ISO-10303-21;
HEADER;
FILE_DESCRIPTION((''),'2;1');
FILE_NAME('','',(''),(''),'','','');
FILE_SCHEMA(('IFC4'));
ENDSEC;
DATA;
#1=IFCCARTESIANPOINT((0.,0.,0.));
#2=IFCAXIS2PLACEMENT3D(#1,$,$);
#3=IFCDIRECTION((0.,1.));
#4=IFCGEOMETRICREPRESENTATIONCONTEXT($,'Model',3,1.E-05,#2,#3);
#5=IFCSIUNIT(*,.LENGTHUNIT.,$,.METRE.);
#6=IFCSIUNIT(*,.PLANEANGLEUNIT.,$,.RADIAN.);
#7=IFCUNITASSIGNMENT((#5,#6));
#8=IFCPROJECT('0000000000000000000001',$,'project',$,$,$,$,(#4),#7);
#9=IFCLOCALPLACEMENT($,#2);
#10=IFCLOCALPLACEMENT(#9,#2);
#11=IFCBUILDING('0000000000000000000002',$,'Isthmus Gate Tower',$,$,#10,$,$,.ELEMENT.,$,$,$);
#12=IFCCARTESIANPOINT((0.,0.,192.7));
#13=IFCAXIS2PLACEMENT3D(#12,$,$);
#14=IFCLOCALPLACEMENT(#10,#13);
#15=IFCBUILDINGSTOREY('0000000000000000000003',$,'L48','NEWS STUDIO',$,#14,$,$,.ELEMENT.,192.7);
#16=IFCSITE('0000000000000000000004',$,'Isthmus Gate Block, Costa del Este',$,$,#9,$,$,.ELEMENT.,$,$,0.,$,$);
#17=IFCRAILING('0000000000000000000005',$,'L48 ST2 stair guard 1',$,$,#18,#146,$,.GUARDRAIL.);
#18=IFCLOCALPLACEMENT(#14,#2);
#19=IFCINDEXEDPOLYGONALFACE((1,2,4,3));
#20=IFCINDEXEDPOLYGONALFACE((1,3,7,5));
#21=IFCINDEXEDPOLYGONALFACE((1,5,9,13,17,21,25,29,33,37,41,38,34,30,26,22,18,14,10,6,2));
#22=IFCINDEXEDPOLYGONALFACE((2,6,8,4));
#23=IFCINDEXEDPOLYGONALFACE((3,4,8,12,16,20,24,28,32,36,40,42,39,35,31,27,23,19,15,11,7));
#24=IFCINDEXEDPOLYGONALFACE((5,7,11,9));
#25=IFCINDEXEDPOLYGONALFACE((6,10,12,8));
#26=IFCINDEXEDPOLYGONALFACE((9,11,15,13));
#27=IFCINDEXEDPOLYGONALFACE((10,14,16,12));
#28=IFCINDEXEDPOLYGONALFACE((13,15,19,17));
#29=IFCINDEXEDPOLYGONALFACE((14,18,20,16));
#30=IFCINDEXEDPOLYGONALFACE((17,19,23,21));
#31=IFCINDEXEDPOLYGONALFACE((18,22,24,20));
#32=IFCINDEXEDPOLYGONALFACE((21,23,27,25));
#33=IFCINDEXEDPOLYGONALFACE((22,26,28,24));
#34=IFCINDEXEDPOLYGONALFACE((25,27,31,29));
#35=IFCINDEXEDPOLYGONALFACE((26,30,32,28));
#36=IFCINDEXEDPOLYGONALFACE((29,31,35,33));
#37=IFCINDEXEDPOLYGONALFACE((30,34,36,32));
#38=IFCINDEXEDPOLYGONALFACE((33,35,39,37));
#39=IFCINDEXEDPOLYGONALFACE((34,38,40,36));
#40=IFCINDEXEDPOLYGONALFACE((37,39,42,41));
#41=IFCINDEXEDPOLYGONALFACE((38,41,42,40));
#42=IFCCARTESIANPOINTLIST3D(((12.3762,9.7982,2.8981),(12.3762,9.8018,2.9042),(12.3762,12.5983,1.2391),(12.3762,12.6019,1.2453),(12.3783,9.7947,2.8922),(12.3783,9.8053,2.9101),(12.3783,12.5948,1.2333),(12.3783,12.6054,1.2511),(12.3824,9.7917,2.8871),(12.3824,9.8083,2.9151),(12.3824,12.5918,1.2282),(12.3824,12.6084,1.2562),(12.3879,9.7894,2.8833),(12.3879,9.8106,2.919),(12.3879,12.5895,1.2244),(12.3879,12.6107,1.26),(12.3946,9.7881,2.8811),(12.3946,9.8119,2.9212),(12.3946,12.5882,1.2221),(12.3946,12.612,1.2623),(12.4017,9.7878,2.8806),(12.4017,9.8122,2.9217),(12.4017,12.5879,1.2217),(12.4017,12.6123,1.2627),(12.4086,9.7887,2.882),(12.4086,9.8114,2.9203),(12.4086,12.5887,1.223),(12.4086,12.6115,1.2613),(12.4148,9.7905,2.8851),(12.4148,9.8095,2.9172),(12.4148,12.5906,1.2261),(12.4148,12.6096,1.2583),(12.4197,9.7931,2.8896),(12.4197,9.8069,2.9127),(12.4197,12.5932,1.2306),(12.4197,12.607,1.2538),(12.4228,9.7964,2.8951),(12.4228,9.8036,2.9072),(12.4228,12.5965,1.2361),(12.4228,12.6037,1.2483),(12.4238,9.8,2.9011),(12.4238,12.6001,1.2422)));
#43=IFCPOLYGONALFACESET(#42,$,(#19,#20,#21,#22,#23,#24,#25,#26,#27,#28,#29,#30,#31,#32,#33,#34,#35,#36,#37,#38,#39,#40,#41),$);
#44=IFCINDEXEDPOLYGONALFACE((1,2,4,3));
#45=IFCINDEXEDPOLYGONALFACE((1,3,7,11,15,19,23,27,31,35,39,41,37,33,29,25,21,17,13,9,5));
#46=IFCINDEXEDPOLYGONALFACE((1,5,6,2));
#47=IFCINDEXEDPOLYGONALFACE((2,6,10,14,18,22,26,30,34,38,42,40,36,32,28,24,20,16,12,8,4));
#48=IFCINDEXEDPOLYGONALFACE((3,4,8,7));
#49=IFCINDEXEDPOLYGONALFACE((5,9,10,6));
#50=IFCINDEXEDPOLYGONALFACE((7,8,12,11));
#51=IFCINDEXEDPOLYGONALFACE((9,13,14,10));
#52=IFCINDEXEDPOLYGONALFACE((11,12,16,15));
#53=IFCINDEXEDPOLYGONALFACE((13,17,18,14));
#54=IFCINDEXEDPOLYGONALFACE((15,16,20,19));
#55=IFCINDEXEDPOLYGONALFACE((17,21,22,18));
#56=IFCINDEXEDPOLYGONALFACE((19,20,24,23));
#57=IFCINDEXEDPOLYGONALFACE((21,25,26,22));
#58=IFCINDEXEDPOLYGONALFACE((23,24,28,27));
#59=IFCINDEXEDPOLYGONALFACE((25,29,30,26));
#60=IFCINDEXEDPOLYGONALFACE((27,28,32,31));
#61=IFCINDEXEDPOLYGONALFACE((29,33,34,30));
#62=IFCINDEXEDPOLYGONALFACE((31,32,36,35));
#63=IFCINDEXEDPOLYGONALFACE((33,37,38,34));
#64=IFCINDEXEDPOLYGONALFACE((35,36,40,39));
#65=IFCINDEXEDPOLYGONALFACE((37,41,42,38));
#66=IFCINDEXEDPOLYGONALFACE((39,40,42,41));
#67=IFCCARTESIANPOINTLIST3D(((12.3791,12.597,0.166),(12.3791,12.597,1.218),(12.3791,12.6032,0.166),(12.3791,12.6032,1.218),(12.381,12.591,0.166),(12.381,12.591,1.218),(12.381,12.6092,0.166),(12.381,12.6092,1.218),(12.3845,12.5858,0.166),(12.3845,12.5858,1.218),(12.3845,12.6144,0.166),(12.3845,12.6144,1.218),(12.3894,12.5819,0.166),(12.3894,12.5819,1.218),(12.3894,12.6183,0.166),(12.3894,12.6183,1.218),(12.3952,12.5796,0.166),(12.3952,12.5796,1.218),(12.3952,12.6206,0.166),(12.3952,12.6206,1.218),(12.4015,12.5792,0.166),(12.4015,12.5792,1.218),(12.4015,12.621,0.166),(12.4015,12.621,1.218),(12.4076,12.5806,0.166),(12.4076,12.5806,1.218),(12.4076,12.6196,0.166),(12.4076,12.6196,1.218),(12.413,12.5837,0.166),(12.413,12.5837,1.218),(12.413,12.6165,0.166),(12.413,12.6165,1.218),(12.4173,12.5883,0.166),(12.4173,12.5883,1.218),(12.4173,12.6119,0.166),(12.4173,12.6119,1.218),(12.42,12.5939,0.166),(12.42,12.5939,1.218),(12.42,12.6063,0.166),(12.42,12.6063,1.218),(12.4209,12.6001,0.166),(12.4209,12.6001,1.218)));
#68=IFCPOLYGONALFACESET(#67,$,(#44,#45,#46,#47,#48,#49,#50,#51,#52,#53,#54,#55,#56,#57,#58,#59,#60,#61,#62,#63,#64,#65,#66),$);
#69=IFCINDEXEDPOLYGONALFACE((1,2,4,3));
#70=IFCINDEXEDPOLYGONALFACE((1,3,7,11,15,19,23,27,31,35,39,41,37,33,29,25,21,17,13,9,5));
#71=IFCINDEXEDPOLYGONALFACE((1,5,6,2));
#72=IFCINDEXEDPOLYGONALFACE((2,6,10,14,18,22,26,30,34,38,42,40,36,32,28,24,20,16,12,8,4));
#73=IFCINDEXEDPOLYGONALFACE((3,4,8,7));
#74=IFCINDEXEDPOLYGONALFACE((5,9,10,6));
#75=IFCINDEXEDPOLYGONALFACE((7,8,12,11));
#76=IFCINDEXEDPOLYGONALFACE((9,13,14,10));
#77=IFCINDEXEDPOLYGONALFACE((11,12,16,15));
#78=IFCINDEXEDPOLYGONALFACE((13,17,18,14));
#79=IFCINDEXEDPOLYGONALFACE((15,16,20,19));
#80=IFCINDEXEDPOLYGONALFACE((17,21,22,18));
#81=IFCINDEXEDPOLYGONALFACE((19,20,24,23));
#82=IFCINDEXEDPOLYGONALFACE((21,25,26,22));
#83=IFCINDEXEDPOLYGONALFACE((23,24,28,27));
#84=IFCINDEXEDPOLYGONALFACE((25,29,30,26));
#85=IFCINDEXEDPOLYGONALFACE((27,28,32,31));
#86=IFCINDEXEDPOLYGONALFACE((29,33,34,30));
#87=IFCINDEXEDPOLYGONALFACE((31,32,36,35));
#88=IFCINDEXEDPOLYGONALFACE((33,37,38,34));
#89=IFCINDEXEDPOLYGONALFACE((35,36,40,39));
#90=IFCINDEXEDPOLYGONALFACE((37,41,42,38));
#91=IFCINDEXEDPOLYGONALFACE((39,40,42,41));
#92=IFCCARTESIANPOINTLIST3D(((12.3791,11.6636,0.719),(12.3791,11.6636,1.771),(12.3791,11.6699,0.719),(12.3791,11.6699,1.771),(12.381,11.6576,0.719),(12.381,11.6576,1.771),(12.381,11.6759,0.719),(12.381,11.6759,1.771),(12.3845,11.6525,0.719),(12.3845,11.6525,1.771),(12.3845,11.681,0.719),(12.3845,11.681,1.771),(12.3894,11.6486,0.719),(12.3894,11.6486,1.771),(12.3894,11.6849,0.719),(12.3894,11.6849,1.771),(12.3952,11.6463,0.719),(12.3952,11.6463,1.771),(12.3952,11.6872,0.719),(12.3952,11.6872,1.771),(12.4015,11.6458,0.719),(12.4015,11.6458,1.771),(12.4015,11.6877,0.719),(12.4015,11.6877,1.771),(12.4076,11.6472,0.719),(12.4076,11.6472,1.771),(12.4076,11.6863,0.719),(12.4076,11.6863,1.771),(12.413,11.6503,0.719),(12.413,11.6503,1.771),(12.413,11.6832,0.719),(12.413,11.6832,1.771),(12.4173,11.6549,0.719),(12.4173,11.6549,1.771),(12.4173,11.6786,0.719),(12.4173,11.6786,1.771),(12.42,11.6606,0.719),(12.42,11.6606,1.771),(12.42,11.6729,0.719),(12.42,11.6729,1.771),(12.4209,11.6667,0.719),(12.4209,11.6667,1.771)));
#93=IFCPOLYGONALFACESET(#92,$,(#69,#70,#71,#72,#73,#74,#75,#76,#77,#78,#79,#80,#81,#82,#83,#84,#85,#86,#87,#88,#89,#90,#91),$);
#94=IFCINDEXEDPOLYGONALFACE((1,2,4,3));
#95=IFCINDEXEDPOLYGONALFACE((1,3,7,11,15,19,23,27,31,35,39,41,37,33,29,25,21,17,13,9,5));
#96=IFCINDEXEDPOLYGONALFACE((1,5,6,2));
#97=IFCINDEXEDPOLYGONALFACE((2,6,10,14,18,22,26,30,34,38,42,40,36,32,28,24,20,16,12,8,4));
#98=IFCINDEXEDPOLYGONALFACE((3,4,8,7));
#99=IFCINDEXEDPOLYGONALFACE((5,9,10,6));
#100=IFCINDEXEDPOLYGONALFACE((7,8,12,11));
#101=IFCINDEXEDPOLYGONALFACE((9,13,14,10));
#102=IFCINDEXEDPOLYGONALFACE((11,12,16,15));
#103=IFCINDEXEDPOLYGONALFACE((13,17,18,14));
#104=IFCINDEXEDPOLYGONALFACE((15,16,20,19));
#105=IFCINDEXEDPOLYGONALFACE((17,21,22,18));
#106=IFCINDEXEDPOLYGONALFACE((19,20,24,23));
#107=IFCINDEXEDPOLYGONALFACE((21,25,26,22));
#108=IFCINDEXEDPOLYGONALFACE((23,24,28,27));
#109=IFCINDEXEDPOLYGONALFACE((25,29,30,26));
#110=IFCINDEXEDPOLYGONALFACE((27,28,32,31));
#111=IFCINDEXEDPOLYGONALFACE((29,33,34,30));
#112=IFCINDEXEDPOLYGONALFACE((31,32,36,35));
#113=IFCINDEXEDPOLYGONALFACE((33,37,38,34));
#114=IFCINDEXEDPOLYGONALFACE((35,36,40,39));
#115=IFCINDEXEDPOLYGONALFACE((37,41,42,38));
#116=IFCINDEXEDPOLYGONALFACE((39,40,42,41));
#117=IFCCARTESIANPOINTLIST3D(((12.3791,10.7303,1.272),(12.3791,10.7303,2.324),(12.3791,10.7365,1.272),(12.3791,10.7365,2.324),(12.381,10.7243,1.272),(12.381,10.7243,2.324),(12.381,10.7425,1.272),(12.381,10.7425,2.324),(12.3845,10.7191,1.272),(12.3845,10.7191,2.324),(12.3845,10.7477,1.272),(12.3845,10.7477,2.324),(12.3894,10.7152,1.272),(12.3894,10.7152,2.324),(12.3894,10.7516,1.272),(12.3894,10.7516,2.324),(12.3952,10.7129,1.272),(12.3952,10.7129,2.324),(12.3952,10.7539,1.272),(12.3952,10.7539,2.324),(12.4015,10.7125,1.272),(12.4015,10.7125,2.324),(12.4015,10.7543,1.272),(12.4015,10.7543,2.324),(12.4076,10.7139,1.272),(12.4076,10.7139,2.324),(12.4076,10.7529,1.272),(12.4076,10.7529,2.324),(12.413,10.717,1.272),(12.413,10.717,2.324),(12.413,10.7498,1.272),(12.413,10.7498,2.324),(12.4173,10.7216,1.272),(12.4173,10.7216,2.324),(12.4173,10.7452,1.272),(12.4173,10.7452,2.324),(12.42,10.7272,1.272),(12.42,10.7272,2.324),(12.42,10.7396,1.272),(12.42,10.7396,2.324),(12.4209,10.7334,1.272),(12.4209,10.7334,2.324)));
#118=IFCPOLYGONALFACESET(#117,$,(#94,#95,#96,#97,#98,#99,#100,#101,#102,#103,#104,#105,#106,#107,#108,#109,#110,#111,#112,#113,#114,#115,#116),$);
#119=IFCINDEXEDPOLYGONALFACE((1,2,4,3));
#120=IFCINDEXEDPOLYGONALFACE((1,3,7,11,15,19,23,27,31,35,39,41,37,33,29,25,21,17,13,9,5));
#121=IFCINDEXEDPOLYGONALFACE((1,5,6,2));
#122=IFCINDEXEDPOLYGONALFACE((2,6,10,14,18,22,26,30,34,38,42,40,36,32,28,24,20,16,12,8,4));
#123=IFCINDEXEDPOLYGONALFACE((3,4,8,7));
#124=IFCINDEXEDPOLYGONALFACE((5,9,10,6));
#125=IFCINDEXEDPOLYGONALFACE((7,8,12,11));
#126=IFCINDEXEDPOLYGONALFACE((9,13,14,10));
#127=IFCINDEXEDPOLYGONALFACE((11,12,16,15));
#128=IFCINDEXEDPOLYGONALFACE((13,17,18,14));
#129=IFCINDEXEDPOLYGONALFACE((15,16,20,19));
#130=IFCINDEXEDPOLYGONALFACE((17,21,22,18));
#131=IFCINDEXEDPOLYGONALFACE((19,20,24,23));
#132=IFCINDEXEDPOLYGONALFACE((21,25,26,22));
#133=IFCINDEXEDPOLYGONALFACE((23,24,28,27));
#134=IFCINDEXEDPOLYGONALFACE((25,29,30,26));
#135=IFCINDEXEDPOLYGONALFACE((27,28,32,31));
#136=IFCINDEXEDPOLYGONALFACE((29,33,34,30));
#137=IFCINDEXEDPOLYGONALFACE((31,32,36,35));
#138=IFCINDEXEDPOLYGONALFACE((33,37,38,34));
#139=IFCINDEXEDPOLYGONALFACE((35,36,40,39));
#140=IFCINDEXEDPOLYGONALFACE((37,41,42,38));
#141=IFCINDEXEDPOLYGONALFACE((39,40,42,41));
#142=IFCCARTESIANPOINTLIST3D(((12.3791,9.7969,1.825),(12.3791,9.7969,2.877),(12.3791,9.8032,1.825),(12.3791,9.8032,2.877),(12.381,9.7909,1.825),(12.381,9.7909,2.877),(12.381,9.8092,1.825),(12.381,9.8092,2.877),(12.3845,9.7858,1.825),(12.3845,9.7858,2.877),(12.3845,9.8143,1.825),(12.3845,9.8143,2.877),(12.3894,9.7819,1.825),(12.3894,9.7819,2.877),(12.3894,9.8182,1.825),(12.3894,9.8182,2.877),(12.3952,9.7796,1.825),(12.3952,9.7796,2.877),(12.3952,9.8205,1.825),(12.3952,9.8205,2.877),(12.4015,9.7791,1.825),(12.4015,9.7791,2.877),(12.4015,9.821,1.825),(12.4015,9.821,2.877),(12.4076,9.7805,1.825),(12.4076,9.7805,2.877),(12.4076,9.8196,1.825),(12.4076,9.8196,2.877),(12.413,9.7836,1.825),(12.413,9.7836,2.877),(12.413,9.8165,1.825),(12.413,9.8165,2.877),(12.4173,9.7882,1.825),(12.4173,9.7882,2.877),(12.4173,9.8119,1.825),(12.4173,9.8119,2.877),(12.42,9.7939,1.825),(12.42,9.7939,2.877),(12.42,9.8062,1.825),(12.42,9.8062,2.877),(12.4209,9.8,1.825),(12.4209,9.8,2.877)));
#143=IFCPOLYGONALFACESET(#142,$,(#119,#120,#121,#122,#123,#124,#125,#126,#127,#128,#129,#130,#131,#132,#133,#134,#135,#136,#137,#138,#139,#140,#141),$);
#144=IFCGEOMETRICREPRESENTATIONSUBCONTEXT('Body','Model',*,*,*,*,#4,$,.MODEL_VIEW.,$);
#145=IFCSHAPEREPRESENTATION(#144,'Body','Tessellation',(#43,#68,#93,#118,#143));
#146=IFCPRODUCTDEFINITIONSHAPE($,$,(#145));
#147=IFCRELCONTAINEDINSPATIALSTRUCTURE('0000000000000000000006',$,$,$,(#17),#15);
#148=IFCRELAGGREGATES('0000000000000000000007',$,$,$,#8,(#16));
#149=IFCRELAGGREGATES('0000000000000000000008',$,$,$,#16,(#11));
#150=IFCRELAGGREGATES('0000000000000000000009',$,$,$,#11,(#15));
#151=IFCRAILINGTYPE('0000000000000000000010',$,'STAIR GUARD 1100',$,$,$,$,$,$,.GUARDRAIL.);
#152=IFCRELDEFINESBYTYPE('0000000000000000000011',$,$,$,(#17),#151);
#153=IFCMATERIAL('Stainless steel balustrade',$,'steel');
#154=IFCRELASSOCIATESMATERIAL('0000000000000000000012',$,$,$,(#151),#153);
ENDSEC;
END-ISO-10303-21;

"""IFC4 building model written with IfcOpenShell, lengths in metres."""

from ifc_helpers import new_model, si_unit, direction, frame, origin, origin_2d, place, context, subcontext, project, spatial, circle, extrude, material, type_object, element, save


model = new_model("IFC4")

# Units and contexts
model_context = context("Model", 3, precision=1e-05, world=origin(), true_north=direction((0.0, 1.0)))
body_context = subcontext(model_context, "Body", "Model", "MODEL_VIEW")
ifc_project = project(units=[si_unit("LENGTHUNIT", "METRE"), si_unit("PLANEANGLEUNIT", "RADIAN")], contexts=[model_context])

# Site, building, storey
site_placement = place(None, origin())
site = spatial("IfcSite", under=ifc_project, at=site_placement, Name="Isthmus Gate Block, Costa del Este", CompositionType="ELEMENT", RefElevation=0.0)
building_placement = place(site_placement, origin())
building = spatial("IfcBuilding", under=site, at=building_placement, Name="Isthmus Gate Tower", CompositionType="ELEMENT")
storey_placement = place(building_placement, frame((0.0, 0.0, 192.7)))
storey = spatial("IfcBuildingStorey", under=building, at=storey_placement, Name="L48", Description="NEWS STUDIO", CompositionType="ELEMENT", Elevation=192.7)

# Railing
ifc_material_1 = material(Name="Stainless steel balustrade", Category="steel")
railing_type_1 = type_object("IfcRailingType", Name="STAIR GUARD 1100", PredefinedType="GUARDRAIL", material=ifc_material_1)
railing_1_placement = place(storey_placement, frame((12.3999, 12.6001, 0.166)))
element("IfcRailing", 1, at=railing_1_placement, inside=storey, type_object=railing_type_1, Name="L48 ST2 stair guard 1", PredefinedType="GUARDRAIL", context=body_context, shape_type="SweptSolid", body=[
    extrude(circle(Radius=0.0239, at=origin_2d()), frame((0.0, 0.0, 1.0762), z_axis=(0.0, -0.860339, 0.509722), x_axis=(1.0, 0.0, 0.0)), (0.0, 0.0, 1.0), 3.2546),
    extrude(circle(Radius=0.021, at=origin_2d()), origin(), (0.0, 0.0, 1.0), 1.052),
    extrude(circle(Radius=0.021, at=origin_2d()), frame((0.0, -0.9333, 0.553)), (0.0, 0.0, 1.0), 1.052),
    extrude(circle(Radius=0.021, at=origin_2d()), frame((0.0, -1.8667, 1.106)), (0.0, 0.0, 1.0), 1.052),
    extrude(circle(Radius=0.021, at=origin_2d()), frame((0.0, -2.8, 1.6589)), (0.0, 0.0, 1.0), 1.052),
])

save(model, "model.ifc")
